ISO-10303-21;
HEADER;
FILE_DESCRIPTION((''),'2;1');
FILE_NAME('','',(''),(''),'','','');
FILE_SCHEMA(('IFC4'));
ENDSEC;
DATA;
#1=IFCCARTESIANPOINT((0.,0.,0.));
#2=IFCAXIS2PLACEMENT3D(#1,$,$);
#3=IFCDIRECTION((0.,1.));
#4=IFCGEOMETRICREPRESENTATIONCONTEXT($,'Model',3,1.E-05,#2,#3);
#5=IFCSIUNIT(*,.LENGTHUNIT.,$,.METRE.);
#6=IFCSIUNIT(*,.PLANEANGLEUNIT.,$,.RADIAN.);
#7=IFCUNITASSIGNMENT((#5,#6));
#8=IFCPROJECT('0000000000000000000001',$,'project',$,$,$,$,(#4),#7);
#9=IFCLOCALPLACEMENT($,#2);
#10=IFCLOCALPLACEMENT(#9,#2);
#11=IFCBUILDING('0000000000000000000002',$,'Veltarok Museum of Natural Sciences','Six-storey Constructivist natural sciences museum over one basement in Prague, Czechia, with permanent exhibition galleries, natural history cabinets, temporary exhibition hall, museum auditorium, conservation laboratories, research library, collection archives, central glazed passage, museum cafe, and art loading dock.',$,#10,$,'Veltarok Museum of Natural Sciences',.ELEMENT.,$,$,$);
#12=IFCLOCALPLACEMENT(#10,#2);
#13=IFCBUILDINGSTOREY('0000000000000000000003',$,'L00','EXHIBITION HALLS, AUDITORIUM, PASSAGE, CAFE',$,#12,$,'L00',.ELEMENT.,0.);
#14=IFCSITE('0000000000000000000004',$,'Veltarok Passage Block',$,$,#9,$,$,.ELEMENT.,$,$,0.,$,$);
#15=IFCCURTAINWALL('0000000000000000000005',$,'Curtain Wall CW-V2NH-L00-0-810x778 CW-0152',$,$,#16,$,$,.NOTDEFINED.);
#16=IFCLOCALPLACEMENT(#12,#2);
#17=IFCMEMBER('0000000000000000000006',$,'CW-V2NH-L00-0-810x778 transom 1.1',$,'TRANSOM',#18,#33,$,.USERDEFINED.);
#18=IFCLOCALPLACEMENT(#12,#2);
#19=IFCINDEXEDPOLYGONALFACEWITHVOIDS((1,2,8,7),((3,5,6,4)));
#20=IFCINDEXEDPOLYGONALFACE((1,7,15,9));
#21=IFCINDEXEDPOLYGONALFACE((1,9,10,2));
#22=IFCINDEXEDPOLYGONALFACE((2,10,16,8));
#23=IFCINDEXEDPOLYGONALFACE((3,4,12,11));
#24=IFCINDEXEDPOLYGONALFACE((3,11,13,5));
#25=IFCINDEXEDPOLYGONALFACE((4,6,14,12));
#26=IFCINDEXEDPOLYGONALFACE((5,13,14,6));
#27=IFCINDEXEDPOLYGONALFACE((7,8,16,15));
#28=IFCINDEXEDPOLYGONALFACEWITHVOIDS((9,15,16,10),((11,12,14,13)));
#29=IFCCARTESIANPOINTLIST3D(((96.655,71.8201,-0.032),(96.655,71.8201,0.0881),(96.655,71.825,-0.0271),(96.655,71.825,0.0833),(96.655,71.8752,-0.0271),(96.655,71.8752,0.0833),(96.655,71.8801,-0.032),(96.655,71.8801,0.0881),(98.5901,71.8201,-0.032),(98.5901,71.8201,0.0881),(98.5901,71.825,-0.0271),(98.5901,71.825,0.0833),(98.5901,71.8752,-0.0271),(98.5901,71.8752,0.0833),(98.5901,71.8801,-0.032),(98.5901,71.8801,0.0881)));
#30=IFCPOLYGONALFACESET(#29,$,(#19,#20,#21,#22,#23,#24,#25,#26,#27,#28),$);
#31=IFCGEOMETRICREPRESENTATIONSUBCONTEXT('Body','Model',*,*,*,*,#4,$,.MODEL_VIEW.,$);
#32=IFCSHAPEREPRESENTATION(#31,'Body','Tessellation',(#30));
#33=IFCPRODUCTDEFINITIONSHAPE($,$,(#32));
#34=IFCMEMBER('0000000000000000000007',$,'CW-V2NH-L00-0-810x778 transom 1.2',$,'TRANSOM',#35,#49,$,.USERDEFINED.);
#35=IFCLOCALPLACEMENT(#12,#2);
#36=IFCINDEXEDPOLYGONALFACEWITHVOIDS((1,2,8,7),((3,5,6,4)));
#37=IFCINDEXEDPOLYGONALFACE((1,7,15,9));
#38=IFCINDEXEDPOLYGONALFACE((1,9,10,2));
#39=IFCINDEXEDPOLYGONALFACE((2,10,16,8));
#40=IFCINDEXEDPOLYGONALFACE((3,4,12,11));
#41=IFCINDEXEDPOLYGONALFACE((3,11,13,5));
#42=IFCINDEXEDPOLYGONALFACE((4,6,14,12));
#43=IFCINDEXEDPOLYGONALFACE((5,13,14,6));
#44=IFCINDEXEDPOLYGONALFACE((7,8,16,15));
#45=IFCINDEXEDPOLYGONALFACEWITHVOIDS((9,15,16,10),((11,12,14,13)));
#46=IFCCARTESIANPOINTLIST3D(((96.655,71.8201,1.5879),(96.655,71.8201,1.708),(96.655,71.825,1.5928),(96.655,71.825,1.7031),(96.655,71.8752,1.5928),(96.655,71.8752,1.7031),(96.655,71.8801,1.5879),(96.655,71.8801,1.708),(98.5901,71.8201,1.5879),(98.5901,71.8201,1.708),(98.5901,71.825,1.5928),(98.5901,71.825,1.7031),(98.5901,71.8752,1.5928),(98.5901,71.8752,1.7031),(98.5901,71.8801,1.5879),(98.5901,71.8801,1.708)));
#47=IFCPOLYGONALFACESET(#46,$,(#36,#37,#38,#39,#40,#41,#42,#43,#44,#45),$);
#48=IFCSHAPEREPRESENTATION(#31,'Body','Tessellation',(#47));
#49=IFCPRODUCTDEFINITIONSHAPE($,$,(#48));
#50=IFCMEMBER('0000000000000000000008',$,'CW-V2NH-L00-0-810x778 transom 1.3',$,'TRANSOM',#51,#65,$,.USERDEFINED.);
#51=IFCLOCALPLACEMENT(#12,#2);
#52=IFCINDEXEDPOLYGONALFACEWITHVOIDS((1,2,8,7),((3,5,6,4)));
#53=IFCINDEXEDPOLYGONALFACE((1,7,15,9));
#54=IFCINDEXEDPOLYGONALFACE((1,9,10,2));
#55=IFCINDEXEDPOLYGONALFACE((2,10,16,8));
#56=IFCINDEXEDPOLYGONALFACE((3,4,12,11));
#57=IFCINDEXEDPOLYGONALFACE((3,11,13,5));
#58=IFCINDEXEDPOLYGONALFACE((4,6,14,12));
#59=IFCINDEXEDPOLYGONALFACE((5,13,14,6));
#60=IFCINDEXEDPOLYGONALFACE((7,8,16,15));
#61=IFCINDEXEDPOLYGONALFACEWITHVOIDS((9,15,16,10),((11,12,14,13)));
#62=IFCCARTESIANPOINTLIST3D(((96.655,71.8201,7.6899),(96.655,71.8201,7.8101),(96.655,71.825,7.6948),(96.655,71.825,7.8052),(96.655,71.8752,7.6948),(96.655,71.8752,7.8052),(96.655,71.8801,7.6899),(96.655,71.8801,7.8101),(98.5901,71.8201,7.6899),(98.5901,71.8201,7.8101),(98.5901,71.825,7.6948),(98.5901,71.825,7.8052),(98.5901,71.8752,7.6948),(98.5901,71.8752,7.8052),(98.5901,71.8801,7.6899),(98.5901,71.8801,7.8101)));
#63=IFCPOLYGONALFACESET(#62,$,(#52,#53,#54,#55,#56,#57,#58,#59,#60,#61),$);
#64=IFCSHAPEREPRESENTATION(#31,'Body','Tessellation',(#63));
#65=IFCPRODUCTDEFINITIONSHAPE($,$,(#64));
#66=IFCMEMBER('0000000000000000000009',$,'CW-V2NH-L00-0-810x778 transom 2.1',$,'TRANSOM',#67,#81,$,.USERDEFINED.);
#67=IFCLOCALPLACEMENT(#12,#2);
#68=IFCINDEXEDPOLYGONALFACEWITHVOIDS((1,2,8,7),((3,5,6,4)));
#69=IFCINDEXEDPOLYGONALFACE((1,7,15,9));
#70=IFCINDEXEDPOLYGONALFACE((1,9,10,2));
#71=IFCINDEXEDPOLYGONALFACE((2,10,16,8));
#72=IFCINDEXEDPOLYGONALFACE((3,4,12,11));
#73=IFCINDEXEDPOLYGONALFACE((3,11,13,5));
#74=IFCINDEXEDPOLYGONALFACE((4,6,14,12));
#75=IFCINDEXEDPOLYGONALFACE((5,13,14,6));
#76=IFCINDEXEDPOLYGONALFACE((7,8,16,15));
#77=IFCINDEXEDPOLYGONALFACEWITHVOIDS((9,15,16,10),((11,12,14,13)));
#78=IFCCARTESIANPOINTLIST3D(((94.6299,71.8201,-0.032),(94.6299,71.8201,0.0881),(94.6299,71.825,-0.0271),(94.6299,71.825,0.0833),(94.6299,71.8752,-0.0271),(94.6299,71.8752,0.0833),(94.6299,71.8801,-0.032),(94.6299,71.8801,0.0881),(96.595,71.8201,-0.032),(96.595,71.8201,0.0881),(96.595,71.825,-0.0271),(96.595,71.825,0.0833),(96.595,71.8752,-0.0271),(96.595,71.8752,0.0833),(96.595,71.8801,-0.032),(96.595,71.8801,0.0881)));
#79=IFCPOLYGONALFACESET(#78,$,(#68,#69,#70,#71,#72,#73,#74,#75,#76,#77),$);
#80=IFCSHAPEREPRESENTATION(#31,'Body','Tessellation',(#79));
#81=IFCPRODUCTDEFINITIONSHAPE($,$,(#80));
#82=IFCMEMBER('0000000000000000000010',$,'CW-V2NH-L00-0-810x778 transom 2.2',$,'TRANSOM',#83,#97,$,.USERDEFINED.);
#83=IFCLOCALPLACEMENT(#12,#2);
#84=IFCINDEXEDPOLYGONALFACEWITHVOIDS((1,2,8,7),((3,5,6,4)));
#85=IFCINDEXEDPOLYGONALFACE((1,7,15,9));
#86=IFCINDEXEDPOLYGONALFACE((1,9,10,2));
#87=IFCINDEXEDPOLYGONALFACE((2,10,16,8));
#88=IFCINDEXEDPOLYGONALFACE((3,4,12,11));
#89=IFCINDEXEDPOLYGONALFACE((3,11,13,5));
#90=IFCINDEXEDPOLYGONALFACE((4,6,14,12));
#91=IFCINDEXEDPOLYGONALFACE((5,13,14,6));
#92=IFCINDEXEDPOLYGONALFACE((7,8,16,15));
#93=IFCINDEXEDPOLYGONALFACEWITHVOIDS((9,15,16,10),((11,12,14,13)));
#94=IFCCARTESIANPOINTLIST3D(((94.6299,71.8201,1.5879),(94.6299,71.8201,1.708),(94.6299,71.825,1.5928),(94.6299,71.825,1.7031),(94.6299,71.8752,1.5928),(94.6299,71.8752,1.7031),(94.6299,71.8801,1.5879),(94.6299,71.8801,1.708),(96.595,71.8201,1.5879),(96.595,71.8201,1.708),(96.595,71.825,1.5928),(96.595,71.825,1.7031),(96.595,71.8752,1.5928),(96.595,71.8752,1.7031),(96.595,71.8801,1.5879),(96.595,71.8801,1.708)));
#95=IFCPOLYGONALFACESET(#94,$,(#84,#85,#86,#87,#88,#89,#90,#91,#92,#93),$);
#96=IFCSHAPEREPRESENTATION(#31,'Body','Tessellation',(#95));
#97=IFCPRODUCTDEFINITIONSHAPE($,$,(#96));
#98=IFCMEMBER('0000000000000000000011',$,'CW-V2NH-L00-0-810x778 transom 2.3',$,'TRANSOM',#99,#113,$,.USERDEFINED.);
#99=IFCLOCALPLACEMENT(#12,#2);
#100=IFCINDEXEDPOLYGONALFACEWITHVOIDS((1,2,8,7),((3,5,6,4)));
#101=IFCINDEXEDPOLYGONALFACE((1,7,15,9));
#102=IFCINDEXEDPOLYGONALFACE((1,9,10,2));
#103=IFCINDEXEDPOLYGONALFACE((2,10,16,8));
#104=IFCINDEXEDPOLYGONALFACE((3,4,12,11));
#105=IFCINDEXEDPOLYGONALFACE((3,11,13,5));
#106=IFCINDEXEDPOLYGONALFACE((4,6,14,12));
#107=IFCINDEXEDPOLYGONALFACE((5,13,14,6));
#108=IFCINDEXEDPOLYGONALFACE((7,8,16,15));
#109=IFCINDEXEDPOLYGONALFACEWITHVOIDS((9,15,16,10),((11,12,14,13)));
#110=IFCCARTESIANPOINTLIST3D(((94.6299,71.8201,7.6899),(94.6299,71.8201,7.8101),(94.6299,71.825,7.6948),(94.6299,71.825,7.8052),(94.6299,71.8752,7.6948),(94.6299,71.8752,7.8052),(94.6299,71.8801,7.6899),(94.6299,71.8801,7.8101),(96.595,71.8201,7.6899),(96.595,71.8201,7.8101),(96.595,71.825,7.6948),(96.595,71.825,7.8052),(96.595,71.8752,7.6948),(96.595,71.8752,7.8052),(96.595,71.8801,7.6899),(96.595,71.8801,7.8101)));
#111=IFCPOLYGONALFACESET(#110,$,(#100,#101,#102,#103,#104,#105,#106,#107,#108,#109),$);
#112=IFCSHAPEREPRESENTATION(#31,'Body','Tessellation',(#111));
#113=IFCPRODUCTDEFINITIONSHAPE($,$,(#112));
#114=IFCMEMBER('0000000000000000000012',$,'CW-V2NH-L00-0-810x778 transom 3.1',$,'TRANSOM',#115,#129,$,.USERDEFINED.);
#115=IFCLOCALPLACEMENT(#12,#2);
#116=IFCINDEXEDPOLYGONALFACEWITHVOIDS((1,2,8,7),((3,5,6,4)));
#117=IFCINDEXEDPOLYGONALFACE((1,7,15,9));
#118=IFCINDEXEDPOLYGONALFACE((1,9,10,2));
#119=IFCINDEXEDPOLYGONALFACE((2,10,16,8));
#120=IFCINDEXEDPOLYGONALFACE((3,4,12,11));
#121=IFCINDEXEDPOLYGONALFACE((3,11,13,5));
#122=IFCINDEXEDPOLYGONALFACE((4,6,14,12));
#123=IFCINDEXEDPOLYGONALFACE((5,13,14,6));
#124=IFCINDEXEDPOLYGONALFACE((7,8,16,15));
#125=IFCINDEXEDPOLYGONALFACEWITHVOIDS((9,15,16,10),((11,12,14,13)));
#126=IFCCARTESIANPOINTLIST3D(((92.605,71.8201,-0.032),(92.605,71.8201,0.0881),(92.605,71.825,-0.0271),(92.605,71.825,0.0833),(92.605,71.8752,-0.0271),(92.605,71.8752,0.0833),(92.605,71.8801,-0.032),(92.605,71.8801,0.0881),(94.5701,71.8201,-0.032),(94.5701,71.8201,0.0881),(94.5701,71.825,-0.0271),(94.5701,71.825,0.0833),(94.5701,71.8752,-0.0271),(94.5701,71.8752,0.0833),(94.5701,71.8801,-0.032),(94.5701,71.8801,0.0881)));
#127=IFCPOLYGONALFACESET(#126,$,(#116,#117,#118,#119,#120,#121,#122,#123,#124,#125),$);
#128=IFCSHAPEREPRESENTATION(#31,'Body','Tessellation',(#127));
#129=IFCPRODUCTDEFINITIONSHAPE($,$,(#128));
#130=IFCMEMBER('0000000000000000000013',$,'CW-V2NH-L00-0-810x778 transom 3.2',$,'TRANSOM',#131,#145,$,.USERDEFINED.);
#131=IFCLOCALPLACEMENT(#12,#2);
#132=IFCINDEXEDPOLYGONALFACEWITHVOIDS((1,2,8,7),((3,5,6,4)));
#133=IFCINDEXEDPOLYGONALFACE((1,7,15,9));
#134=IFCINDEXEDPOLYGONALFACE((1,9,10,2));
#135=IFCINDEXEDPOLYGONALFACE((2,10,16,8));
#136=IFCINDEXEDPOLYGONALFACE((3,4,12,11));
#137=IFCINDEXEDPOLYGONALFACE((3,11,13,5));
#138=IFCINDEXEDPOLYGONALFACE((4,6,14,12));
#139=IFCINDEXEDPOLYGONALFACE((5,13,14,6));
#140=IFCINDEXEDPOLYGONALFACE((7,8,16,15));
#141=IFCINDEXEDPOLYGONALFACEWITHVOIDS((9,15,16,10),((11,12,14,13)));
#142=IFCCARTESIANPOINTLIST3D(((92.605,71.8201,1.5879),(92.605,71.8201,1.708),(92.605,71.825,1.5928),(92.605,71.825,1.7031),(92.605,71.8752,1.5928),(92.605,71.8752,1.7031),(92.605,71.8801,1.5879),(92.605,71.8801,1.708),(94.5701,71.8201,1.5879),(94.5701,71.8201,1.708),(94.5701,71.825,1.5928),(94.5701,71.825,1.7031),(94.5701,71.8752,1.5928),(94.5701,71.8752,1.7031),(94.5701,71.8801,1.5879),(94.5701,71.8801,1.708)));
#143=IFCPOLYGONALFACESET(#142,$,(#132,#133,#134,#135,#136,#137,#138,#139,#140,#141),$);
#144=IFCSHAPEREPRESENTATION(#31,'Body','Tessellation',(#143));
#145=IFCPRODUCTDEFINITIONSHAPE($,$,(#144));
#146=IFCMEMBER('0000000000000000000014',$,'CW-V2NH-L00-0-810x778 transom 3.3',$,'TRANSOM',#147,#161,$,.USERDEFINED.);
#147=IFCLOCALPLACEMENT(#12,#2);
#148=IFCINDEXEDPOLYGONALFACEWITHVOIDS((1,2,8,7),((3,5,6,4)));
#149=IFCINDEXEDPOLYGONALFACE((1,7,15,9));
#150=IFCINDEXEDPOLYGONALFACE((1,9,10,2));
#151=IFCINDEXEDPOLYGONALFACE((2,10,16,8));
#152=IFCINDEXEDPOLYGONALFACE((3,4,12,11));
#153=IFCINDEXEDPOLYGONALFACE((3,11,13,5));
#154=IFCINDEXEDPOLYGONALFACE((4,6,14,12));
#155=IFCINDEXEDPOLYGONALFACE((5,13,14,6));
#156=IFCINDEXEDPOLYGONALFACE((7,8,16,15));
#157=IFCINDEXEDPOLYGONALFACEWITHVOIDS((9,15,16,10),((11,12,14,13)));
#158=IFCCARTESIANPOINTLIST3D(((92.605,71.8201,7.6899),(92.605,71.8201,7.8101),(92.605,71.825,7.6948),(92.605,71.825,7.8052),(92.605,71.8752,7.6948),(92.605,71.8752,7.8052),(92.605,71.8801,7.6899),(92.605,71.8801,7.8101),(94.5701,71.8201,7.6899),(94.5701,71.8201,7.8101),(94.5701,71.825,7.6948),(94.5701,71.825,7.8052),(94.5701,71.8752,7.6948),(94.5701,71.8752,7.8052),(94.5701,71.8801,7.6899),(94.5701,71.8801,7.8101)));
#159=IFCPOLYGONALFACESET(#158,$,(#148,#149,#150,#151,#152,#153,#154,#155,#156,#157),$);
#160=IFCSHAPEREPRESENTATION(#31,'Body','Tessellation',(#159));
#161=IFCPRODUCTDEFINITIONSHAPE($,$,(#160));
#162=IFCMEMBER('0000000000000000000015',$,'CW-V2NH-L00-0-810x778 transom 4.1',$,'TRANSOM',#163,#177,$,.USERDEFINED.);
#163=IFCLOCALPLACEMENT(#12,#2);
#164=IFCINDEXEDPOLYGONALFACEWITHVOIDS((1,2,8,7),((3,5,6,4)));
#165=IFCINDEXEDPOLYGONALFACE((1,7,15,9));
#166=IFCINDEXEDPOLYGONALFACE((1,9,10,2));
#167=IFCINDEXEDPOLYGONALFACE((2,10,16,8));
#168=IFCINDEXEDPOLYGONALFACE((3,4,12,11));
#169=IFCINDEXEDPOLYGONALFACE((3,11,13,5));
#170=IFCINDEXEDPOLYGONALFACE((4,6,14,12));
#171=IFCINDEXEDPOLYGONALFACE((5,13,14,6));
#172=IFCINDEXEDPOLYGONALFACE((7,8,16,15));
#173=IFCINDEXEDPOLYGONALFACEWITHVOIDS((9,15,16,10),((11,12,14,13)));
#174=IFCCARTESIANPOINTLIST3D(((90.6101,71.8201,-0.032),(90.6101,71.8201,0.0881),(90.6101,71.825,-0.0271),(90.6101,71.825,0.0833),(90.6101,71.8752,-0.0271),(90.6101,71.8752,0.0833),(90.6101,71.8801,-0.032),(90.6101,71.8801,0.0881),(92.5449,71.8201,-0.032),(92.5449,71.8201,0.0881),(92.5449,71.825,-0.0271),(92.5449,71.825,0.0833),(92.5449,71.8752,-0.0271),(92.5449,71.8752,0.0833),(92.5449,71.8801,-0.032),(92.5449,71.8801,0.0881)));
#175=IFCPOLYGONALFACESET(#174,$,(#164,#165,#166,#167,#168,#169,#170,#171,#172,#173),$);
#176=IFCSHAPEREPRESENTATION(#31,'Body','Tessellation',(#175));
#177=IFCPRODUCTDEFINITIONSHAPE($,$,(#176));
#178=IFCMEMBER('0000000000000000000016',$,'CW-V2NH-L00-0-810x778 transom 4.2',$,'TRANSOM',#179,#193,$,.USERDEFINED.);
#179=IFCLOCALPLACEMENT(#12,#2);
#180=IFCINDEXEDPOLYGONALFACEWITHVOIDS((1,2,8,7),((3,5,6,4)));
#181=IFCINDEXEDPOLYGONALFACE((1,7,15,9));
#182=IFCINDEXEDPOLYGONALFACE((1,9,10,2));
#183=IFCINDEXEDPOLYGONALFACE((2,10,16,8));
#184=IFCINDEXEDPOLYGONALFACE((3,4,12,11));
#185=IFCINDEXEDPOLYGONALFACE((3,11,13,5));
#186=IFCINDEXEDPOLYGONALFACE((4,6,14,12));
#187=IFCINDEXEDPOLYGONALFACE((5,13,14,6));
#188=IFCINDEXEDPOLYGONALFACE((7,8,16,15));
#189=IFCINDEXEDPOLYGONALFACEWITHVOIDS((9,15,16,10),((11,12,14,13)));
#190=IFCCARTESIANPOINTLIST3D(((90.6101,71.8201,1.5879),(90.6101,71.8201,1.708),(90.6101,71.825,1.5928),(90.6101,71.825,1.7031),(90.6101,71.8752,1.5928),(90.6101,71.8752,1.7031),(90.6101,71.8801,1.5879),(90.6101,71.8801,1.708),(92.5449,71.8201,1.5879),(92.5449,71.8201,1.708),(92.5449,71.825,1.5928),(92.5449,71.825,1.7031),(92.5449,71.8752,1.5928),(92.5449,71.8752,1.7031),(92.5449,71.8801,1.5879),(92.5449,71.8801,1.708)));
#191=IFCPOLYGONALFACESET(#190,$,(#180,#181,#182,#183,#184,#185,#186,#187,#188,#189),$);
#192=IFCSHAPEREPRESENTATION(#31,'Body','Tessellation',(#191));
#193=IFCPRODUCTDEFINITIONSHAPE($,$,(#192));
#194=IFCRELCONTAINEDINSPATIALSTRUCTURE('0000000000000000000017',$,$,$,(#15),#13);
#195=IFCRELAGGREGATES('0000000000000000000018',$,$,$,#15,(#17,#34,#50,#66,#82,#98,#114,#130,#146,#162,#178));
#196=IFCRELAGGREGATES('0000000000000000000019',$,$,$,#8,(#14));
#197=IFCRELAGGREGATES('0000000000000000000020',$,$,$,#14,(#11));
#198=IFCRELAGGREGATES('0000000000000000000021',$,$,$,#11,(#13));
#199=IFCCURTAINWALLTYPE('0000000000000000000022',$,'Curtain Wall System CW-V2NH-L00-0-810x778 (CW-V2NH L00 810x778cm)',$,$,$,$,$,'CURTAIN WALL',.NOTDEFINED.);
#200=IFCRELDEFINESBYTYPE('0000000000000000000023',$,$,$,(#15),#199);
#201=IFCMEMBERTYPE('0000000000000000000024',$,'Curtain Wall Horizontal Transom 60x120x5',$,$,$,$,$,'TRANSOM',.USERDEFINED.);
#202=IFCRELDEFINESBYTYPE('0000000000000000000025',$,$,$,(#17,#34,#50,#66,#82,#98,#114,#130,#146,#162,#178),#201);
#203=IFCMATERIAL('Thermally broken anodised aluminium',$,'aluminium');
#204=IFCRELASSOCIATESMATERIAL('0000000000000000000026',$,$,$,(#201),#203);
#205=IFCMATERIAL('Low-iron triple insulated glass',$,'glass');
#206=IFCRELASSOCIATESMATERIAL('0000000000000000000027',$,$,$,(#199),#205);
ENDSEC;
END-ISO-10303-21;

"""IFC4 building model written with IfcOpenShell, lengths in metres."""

from ifc_helpers import new_model, si_unit, direction, frame, origin, origin_2d, place, context, subcontext, project, spatial, hollow_rectangle, extrude, material, material_profile, profile_set, type_object, element, aggregate, save


model = new_model("IFC4")

# Units and contexts
model_context = context("Model", 3, precision=1e-05, world=origin(), true_north=direction((0.0, 1.0)))
body_context = subcontext(model_context, "Body", "Model", "MODEL_VIEW")
ifc_project = project(units=[si_unit("LENGTHUNIT", "METRE"), si_unit("PLANEANGLEUNIT", "RADIAN")], contexts=[model_context])

# Site, building, storey
site_placement = place(None, origin())
site = spatial("IfcSite", under=ifc_project, at=site_placement, Name="Veltarok Passage Block", CompositionType="ELEMENT", RefElevation=0.0)
building_placement = place(site_placement, origin())
building = spatial("IfcBuilding", under=site, at=building_placement, Name="Veltarok Museum of Natural Sciences", Description="Six-storey Constructivist natural sciences museum over one basement in Prague, Czechia, with permanent exhibition galleries, natural history cabinets, temporary exhibition hall, museum auditorium, conservation laboratories, research library, collection archives, central glazed passage, museum cafe, and art loading dock.", LongName="Veltarok Museum of Natural Sciences", CompositionType="ELEMENT")
storey_placement = place(building_placement, origin())
storey = spatial("IfcBuildingStorey", under=building, at=storey_placement, Name="L00", Description="EXHIBITION HALLS, AUDITORIUM, PASSAGE, CAFE", LongName="L00", CompositionType="ELEMENT", Elevation=0.0)

# Curtain wall, members
ifc_material_1 = material(Name="Low-iron triple insulated glass", Category="glass")
ifc_material_2 = material(Name="Thermally broken anodised aluminium", Category="aluminium")
ifc_material_profile_1 = material_profile(ifc_material_2, hollow_rectangle(XDim=0.0601, YDim=0.1201, WallThickness=0.0049, at=origin_2d()), Name="CW TRANSOM 60x120x5")
ifc_profile_set_1 = profile_set([ifc_material_profile_1], Name="Thermally broken anodised aluminium")
member_type_1 = type_object("IfcMemberType", Name="Curtain Wall Horizontal Transom 60x120x5", ElementType="TRANSOM", PredefinedType="USERDEFINED", material=ifc_profile_set_1)
curtain_wall_type_1 = type_object("IfcCurtainWallType", Name="Curtain Wall System CW-V2NH-L00-0-810x778 (CW-V2NH L00 810x778cm)", ElementType="CURTAIN WALL", PredefinedType="NOTDEFINED", material=ifc_material_1)
curtain_wall_1_placement = place(storey_placement, origin())
curtain_wall_1 = element("IfcCurtainWall", 1, at=curtain_wall_1_placement, inside=storey, type_object=curtain_wall_type_1, Name="Curtain Wall CW-V2NH-L00-0-810x778 CW-0152", PredefinedType="NOTDEFINED")
member_1_placement = place(storey_placement, frame((98.5901, 71.8501, 0.0281), z_axis=(-1.0, 0.0, 0.0), x_axis=(0.0, -1.0, 0.0)))
member_1 = element("IfcMember", 2, at=member_1_placement, type_object=member_type_1, Name="CW-V2NH-L00-0-810x778 transom 1.1", ObjectType="TRANSOM", PredefinedType="USERDEFINED", context=body_context, shape_type="SweptSolid", body=[
    extrude(hollow_rectangle(XDim=0.0601, YDim=0.1201, WallThickness=0.0049, at=origin_2d()), origin(), (0.0, 0.0, 1.0), 1.9351),
])
member_2_placement = place(storey_placement, frame((98.5901, 71.8501, 1.6479), z_axis=(-1.0, 0.0, 0.0), x_axis=(0.0, -1.0, 0.0)))
member_2 = element("IfcMember", 3, at=member_2_placement, type_object=member_type_1, Name="CW-V2NH-L00-0-810x778 transom 1.2", ObjectType="TRANSOM", PredefinedType="USERDEFINED", context=body_context, shape_type="SweptSolid", body=[
    extrude(hollow_rectangle(XDim=0.0601, YDim=0.1201, WallThickness=0.0049, at=origin_2d()), origin(), (0.0, 0.0, 1.0), 1.9351),
])
member_3_placement = place(storey_placement, frame((98.5901, 71.8501, 7.75), z_axis=(-1.0, 0.0, 0.0), x_axis=(0.0, -1.0, 0.0)))
member_3 = element("IfcMember", 4, at=member_3_placement, type_object=member_type_1, Name="CW-V2NH-L00-0-810x778 transom 1.3", ObjectType="TRANSOM", PredefinedType="USERDEFINED", context=body_context, shape_type="SweptSolid", body=[
    extrude(hollow_rectangle(XDim=0.0601, YDim=0.1201, WallThickness=0.0049, at=origin_2d()), origin(), (0.0, 0.0, 1.0), 1.9351),
])
member_4_placement = place(storey_placement, frame((96.595, 71.8501, 0.0281), z_axis=(-1.0, 0.0, 0.0), x_axis=(0.0, -1.0, 0.0)))
member_4 = element("IfcMember", 5, at=member_4_placement, type_object=member_type_1, Name="CW-V2NH-L00-0-810x778 transom 2.1", ObjectType="TRANSOM", PredefinedType="USERDEFINED", context=body_context, shape_type="SweptSolid", body=[
    extrude(hollow_rectangle(XDim=0.0601, YDim=0.1201, WallThickness=0.0049, at=origin_2d()), origin(), (0.0, 0.0, 1.0), 1.9651),
])
member_5_placement = place(storey_placement, frame((96.595, 71.8501, 1.6479), z_axis=(-1.0, 0.0, 0.0), x_axis=(0.0, -1.0, 0.0)))
member_5 = element("IfcMember", 6, at=member_5_placement, type_object=member_type_1, Name="CW-V2NH-L00-0-810x778 transom 2.2", ObjectType="TRANSOM", PredefinedType="USERDEFINED", context=body_context, shape_type="SweptSolid", body=[
    extrude(hollow_rectangle(XDim=0.0601, YDim=0.1201, WallThickness=0.0049, at=origin_2d()), origin(), (0.0, 0.0, 1.0), 1.9651),
])
member_6_placement = place(storey_placement, frame((96.595, 71.8501, 7.75), z_axis=(-1.0, 0.0, 0.0), x_axis=(0.0, -1.0, 0.0)))
member_6 = element("IfcMember", 7, at=member_6_placement, type_object=member_type_1, Name="CW-V2NH-L00-0-810x778 transom 2.3", ObjectType="TRANSOM", PredefinedType="USERDEFINED", context=body_context, shape_type="SweptSolid", body=[
    extrude(hollow_rectangle(XDim=0.0601, YDim=0.1201, WallThickness=0.0049, at=origin_2d()), origin(), (0.0, 0.0, 1.0), 1.9651),
])
member_7_placement = place(storey_placement, frame((94.5701, 71.8501, 0.0281), z_axis=(-1.0, 0.0, 0.0), x_axis=(0.0, -1.0, 0.0)))
member_7 = element("IfcMember", 8, at=member_7_placement, type_object=member_type_1, Name="CW-V2NH-L00-0-810x778 transom 3.1", ObjectType="TRANSOM", PredefinedType="USERDEFINED", context=body_context, shape_type="SweptSolid", body=[
    extrude(hollow_rectangle(XDim=0.0601, YDim=0.1201, WallThickness=0.0049, at=origin_2d()), origin(), (0.0, 0.0, 1.0), 1.9651),
])
member_8_placement = place(storey_placement, frame((94.5701, 71.8501, 1.6479), z_axis=(-1.0, 0.0, 0.0), x_axis=(0.0, -1.0, 0.0)))
member_8 = element("IfcMember", 9, at=member_8_placement, type_object=member_type_1, Name="CW-V2NH-L00-0-810x778 transom 3.2", ObjectType="TRANSOM", PredefinedType="USERDEFINED", context=body_context, shape_type="SweptSolid", body=[
    extrude(hollow_rectangle(XDim=0.0601, YDim=0.1201, WallThickness=0.0049, at=origin_2d()), origin(), (0.0, 0.0, 1.0), 1.9651),
])
member_9_placement = place(storey_placement, frame((94.5701, 71.8501, 7.75), z_axis=(-1.0, 0.0, 0.0), x_axis=(0.0, -1.0, 0.0)))
member_9 = element("IfcMember", 10, at=member_9_placement, type_object=member_type_1, Name="CW-V2NH-L00-0-810x778 transom 3.3", ObjectType="TRANSOM", PredefinedType="USERDEFINED", context=body_context, shape_type="SweptSolid", body=[
    extrude(hollow_rectangle(XDim=0.0601, YDim=0.1201, WallThickness=0.0049, at=origin_2d()), origin(), (0.0, 0.0, 1.0), 1.9651),
])
member_10_placement = place(storey_placement, frame((92.5449, 71.8501, 0.0281), z_axis=(-1.0, 0.0, 0.0), x_axis=(0.0, -1.0, 0.0)))
member_10 = element("IfcMember", 11, at=member_10_placement, type_object=member_type_1, Name="CW-V2NH-L00-0-810x778 transom 4.1", ObjectType="TRANSOM", PredefinedType="USERDEFINED", context=body_context, shape_type="SweptSolid", body=[
    extrude(hollow_rectangle(XDim=0.0601, YDim=0.1201, WallThickness=0.0049, at=origin_2d()), origin(), (0.0, 0.0, 1.0), 1.9348),
])
member_11_placement = place(storey_placement, frame((92.5449, 71.8501, 1.6479), z_axis=(-1.0, 0.0, 0.0), x_axis=(0.0, -1.0, 0.0)))
member_11 = element("IfcMember", 12, at=member_11_placement, type_object=member_type_1, Name="CW-V2NH-L00-0-810x778 transom 4.2", ObjectType="TRANSOM", PredefinedType="USERDEFINED", context=body_context, shape_type="SweptSolid", body=[
    extrude(hollow_rectangle(XDim=0.0601, YDim=0.1201, WallThickness=0.0049, at=origin_2d()), origin(), (0.0, 0.0, 1.0), 1.9348),
])

aggregate(curtain_wall_1, [member_1, member_2, member_3, member_4, member_5, member_6, member_7, member_8, member_9, member_10, member_11])

save(model, "model.ifc")
